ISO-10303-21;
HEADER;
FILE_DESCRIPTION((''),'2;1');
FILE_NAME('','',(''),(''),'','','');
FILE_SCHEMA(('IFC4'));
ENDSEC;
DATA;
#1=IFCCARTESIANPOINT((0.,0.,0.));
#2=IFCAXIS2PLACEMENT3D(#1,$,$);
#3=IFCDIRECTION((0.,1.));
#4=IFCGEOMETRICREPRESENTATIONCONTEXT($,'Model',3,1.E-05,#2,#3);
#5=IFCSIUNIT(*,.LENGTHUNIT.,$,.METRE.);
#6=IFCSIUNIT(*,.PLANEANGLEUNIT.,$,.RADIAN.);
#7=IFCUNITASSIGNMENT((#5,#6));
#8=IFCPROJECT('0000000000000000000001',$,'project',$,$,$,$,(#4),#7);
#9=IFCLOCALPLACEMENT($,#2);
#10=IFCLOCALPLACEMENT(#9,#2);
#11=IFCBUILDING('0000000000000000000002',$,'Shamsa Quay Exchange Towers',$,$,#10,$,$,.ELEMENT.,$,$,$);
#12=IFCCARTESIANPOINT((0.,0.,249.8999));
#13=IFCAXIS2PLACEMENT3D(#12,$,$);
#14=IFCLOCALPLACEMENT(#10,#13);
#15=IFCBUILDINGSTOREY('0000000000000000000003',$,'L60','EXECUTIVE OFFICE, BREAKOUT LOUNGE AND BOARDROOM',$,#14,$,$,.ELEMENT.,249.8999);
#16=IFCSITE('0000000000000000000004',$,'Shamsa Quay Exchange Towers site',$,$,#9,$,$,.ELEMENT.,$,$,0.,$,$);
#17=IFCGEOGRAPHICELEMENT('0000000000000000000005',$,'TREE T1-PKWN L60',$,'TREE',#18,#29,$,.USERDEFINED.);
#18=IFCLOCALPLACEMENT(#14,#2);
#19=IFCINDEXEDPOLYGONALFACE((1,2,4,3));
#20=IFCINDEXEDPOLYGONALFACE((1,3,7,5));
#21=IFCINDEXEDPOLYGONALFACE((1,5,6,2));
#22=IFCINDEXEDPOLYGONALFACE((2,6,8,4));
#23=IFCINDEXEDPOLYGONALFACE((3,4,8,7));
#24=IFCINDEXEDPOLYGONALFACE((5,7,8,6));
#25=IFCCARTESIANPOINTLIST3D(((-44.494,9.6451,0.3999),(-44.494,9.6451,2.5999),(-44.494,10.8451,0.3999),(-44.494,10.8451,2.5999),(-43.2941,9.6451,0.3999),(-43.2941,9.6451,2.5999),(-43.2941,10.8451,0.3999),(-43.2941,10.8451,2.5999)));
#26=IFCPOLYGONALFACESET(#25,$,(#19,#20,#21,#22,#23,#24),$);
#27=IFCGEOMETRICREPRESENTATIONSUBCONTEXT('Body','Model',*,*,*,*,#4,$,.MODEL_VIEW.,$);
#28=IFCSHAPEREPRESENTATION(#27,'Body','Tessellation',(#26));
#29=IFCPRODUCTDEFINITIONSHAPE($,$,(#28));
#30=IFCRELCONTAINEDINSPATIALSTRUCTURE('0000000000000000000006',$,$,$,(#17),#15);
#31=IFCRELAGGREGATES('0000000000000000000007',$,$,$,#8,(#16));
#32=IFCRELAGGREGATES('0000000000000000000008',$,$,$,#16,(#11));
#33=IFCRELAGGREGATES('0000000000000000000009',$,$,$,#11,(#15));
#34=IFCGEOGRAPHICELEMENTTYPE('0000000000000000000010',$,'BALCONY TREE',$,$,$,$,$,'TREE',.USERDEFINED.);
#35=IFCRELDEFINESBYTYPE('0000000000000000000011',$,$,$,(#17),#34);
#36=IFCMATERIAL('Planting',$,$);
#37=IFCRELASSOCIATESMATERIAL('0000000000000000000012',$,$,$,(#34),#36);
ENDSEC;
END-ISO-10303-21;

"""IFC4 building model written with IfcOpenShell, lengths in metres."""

from ifc_helpers import new_model, si_unit, direction, frame, origin, origin_2d, place, context, subcontext, project, spatial, rectangle, extrude, material, type_object, element, save


model = new_model("IFC4")

# Units and contexts
model_context = context("Model", 3, precision=1e-05, world=origin(), true_north=direction((0.0, 1.0)))
body_context = subcontext(model_context, "Body", "Model", "MODEL_VIEW")
ifc_project = project(units=[si_unit("LENGTHUNIT", "METRE"), si_unit("PLANEANGLEUNIT", "RADIAN")], contexts=[model_context])

# Site, building, storey
site_placement = place(None, origin())
site = spatial("IfcSite", under=ifc_project, at=site_placement, Name="Shamsa Quay Exchange Towers site", CompositionType="ELEMENT", RefElevation=0.0)
building_placement = place(site_placement, origin())
building = spatial("IfcBuilding", under=site, at=building_placement, Name="Shamsa Quay Exchange Towers", CompositionType="ELEMENT")
storey_placement = place(building_placement, frame((0.0, 0.0, 249.8999)))
storey = spatial("IfcBuildingStorey", under=building, at=storey_placement, Name="L60", Description="EXECUTIVE OFFICE, BREAKOUT LOUNGE AND BOARDROOM", CompositionType="ELEMENT", Elevation=249.8999)

# Geographic element
ifc_material_1 = material(Name="Planting")
geographic_element_type = type_object("IfcGeographicElementType", Name="BALCONY TREE", ElementType="TREE", PredefinedType="USERDEFINED", material=ifc_material_1)
geographic_element_placement = place(storey_placement, frame((-43.894, 10.2451, 0.3999), z_axis=(0.0, 0.0, 1.0), x_axis=(-1.0, 0.0, 0.0)))
element("IfcGeographicElement", 1, at=geographic_element_placement, inside=storey, type_object=geographic_element_type, Name="TREE T1-PKWN L60", ObjectType="TREE", PredefinedType="USERDEFINED", context=body_context, shape_type="SweptSolid", body=[
    extrude(rectangle(XDim=1.2, YDim=1.2, at=origin_2d()), origin(), (0.0, 0.0, 1.0), 2.2),
])

save(model, "model.ifc")
